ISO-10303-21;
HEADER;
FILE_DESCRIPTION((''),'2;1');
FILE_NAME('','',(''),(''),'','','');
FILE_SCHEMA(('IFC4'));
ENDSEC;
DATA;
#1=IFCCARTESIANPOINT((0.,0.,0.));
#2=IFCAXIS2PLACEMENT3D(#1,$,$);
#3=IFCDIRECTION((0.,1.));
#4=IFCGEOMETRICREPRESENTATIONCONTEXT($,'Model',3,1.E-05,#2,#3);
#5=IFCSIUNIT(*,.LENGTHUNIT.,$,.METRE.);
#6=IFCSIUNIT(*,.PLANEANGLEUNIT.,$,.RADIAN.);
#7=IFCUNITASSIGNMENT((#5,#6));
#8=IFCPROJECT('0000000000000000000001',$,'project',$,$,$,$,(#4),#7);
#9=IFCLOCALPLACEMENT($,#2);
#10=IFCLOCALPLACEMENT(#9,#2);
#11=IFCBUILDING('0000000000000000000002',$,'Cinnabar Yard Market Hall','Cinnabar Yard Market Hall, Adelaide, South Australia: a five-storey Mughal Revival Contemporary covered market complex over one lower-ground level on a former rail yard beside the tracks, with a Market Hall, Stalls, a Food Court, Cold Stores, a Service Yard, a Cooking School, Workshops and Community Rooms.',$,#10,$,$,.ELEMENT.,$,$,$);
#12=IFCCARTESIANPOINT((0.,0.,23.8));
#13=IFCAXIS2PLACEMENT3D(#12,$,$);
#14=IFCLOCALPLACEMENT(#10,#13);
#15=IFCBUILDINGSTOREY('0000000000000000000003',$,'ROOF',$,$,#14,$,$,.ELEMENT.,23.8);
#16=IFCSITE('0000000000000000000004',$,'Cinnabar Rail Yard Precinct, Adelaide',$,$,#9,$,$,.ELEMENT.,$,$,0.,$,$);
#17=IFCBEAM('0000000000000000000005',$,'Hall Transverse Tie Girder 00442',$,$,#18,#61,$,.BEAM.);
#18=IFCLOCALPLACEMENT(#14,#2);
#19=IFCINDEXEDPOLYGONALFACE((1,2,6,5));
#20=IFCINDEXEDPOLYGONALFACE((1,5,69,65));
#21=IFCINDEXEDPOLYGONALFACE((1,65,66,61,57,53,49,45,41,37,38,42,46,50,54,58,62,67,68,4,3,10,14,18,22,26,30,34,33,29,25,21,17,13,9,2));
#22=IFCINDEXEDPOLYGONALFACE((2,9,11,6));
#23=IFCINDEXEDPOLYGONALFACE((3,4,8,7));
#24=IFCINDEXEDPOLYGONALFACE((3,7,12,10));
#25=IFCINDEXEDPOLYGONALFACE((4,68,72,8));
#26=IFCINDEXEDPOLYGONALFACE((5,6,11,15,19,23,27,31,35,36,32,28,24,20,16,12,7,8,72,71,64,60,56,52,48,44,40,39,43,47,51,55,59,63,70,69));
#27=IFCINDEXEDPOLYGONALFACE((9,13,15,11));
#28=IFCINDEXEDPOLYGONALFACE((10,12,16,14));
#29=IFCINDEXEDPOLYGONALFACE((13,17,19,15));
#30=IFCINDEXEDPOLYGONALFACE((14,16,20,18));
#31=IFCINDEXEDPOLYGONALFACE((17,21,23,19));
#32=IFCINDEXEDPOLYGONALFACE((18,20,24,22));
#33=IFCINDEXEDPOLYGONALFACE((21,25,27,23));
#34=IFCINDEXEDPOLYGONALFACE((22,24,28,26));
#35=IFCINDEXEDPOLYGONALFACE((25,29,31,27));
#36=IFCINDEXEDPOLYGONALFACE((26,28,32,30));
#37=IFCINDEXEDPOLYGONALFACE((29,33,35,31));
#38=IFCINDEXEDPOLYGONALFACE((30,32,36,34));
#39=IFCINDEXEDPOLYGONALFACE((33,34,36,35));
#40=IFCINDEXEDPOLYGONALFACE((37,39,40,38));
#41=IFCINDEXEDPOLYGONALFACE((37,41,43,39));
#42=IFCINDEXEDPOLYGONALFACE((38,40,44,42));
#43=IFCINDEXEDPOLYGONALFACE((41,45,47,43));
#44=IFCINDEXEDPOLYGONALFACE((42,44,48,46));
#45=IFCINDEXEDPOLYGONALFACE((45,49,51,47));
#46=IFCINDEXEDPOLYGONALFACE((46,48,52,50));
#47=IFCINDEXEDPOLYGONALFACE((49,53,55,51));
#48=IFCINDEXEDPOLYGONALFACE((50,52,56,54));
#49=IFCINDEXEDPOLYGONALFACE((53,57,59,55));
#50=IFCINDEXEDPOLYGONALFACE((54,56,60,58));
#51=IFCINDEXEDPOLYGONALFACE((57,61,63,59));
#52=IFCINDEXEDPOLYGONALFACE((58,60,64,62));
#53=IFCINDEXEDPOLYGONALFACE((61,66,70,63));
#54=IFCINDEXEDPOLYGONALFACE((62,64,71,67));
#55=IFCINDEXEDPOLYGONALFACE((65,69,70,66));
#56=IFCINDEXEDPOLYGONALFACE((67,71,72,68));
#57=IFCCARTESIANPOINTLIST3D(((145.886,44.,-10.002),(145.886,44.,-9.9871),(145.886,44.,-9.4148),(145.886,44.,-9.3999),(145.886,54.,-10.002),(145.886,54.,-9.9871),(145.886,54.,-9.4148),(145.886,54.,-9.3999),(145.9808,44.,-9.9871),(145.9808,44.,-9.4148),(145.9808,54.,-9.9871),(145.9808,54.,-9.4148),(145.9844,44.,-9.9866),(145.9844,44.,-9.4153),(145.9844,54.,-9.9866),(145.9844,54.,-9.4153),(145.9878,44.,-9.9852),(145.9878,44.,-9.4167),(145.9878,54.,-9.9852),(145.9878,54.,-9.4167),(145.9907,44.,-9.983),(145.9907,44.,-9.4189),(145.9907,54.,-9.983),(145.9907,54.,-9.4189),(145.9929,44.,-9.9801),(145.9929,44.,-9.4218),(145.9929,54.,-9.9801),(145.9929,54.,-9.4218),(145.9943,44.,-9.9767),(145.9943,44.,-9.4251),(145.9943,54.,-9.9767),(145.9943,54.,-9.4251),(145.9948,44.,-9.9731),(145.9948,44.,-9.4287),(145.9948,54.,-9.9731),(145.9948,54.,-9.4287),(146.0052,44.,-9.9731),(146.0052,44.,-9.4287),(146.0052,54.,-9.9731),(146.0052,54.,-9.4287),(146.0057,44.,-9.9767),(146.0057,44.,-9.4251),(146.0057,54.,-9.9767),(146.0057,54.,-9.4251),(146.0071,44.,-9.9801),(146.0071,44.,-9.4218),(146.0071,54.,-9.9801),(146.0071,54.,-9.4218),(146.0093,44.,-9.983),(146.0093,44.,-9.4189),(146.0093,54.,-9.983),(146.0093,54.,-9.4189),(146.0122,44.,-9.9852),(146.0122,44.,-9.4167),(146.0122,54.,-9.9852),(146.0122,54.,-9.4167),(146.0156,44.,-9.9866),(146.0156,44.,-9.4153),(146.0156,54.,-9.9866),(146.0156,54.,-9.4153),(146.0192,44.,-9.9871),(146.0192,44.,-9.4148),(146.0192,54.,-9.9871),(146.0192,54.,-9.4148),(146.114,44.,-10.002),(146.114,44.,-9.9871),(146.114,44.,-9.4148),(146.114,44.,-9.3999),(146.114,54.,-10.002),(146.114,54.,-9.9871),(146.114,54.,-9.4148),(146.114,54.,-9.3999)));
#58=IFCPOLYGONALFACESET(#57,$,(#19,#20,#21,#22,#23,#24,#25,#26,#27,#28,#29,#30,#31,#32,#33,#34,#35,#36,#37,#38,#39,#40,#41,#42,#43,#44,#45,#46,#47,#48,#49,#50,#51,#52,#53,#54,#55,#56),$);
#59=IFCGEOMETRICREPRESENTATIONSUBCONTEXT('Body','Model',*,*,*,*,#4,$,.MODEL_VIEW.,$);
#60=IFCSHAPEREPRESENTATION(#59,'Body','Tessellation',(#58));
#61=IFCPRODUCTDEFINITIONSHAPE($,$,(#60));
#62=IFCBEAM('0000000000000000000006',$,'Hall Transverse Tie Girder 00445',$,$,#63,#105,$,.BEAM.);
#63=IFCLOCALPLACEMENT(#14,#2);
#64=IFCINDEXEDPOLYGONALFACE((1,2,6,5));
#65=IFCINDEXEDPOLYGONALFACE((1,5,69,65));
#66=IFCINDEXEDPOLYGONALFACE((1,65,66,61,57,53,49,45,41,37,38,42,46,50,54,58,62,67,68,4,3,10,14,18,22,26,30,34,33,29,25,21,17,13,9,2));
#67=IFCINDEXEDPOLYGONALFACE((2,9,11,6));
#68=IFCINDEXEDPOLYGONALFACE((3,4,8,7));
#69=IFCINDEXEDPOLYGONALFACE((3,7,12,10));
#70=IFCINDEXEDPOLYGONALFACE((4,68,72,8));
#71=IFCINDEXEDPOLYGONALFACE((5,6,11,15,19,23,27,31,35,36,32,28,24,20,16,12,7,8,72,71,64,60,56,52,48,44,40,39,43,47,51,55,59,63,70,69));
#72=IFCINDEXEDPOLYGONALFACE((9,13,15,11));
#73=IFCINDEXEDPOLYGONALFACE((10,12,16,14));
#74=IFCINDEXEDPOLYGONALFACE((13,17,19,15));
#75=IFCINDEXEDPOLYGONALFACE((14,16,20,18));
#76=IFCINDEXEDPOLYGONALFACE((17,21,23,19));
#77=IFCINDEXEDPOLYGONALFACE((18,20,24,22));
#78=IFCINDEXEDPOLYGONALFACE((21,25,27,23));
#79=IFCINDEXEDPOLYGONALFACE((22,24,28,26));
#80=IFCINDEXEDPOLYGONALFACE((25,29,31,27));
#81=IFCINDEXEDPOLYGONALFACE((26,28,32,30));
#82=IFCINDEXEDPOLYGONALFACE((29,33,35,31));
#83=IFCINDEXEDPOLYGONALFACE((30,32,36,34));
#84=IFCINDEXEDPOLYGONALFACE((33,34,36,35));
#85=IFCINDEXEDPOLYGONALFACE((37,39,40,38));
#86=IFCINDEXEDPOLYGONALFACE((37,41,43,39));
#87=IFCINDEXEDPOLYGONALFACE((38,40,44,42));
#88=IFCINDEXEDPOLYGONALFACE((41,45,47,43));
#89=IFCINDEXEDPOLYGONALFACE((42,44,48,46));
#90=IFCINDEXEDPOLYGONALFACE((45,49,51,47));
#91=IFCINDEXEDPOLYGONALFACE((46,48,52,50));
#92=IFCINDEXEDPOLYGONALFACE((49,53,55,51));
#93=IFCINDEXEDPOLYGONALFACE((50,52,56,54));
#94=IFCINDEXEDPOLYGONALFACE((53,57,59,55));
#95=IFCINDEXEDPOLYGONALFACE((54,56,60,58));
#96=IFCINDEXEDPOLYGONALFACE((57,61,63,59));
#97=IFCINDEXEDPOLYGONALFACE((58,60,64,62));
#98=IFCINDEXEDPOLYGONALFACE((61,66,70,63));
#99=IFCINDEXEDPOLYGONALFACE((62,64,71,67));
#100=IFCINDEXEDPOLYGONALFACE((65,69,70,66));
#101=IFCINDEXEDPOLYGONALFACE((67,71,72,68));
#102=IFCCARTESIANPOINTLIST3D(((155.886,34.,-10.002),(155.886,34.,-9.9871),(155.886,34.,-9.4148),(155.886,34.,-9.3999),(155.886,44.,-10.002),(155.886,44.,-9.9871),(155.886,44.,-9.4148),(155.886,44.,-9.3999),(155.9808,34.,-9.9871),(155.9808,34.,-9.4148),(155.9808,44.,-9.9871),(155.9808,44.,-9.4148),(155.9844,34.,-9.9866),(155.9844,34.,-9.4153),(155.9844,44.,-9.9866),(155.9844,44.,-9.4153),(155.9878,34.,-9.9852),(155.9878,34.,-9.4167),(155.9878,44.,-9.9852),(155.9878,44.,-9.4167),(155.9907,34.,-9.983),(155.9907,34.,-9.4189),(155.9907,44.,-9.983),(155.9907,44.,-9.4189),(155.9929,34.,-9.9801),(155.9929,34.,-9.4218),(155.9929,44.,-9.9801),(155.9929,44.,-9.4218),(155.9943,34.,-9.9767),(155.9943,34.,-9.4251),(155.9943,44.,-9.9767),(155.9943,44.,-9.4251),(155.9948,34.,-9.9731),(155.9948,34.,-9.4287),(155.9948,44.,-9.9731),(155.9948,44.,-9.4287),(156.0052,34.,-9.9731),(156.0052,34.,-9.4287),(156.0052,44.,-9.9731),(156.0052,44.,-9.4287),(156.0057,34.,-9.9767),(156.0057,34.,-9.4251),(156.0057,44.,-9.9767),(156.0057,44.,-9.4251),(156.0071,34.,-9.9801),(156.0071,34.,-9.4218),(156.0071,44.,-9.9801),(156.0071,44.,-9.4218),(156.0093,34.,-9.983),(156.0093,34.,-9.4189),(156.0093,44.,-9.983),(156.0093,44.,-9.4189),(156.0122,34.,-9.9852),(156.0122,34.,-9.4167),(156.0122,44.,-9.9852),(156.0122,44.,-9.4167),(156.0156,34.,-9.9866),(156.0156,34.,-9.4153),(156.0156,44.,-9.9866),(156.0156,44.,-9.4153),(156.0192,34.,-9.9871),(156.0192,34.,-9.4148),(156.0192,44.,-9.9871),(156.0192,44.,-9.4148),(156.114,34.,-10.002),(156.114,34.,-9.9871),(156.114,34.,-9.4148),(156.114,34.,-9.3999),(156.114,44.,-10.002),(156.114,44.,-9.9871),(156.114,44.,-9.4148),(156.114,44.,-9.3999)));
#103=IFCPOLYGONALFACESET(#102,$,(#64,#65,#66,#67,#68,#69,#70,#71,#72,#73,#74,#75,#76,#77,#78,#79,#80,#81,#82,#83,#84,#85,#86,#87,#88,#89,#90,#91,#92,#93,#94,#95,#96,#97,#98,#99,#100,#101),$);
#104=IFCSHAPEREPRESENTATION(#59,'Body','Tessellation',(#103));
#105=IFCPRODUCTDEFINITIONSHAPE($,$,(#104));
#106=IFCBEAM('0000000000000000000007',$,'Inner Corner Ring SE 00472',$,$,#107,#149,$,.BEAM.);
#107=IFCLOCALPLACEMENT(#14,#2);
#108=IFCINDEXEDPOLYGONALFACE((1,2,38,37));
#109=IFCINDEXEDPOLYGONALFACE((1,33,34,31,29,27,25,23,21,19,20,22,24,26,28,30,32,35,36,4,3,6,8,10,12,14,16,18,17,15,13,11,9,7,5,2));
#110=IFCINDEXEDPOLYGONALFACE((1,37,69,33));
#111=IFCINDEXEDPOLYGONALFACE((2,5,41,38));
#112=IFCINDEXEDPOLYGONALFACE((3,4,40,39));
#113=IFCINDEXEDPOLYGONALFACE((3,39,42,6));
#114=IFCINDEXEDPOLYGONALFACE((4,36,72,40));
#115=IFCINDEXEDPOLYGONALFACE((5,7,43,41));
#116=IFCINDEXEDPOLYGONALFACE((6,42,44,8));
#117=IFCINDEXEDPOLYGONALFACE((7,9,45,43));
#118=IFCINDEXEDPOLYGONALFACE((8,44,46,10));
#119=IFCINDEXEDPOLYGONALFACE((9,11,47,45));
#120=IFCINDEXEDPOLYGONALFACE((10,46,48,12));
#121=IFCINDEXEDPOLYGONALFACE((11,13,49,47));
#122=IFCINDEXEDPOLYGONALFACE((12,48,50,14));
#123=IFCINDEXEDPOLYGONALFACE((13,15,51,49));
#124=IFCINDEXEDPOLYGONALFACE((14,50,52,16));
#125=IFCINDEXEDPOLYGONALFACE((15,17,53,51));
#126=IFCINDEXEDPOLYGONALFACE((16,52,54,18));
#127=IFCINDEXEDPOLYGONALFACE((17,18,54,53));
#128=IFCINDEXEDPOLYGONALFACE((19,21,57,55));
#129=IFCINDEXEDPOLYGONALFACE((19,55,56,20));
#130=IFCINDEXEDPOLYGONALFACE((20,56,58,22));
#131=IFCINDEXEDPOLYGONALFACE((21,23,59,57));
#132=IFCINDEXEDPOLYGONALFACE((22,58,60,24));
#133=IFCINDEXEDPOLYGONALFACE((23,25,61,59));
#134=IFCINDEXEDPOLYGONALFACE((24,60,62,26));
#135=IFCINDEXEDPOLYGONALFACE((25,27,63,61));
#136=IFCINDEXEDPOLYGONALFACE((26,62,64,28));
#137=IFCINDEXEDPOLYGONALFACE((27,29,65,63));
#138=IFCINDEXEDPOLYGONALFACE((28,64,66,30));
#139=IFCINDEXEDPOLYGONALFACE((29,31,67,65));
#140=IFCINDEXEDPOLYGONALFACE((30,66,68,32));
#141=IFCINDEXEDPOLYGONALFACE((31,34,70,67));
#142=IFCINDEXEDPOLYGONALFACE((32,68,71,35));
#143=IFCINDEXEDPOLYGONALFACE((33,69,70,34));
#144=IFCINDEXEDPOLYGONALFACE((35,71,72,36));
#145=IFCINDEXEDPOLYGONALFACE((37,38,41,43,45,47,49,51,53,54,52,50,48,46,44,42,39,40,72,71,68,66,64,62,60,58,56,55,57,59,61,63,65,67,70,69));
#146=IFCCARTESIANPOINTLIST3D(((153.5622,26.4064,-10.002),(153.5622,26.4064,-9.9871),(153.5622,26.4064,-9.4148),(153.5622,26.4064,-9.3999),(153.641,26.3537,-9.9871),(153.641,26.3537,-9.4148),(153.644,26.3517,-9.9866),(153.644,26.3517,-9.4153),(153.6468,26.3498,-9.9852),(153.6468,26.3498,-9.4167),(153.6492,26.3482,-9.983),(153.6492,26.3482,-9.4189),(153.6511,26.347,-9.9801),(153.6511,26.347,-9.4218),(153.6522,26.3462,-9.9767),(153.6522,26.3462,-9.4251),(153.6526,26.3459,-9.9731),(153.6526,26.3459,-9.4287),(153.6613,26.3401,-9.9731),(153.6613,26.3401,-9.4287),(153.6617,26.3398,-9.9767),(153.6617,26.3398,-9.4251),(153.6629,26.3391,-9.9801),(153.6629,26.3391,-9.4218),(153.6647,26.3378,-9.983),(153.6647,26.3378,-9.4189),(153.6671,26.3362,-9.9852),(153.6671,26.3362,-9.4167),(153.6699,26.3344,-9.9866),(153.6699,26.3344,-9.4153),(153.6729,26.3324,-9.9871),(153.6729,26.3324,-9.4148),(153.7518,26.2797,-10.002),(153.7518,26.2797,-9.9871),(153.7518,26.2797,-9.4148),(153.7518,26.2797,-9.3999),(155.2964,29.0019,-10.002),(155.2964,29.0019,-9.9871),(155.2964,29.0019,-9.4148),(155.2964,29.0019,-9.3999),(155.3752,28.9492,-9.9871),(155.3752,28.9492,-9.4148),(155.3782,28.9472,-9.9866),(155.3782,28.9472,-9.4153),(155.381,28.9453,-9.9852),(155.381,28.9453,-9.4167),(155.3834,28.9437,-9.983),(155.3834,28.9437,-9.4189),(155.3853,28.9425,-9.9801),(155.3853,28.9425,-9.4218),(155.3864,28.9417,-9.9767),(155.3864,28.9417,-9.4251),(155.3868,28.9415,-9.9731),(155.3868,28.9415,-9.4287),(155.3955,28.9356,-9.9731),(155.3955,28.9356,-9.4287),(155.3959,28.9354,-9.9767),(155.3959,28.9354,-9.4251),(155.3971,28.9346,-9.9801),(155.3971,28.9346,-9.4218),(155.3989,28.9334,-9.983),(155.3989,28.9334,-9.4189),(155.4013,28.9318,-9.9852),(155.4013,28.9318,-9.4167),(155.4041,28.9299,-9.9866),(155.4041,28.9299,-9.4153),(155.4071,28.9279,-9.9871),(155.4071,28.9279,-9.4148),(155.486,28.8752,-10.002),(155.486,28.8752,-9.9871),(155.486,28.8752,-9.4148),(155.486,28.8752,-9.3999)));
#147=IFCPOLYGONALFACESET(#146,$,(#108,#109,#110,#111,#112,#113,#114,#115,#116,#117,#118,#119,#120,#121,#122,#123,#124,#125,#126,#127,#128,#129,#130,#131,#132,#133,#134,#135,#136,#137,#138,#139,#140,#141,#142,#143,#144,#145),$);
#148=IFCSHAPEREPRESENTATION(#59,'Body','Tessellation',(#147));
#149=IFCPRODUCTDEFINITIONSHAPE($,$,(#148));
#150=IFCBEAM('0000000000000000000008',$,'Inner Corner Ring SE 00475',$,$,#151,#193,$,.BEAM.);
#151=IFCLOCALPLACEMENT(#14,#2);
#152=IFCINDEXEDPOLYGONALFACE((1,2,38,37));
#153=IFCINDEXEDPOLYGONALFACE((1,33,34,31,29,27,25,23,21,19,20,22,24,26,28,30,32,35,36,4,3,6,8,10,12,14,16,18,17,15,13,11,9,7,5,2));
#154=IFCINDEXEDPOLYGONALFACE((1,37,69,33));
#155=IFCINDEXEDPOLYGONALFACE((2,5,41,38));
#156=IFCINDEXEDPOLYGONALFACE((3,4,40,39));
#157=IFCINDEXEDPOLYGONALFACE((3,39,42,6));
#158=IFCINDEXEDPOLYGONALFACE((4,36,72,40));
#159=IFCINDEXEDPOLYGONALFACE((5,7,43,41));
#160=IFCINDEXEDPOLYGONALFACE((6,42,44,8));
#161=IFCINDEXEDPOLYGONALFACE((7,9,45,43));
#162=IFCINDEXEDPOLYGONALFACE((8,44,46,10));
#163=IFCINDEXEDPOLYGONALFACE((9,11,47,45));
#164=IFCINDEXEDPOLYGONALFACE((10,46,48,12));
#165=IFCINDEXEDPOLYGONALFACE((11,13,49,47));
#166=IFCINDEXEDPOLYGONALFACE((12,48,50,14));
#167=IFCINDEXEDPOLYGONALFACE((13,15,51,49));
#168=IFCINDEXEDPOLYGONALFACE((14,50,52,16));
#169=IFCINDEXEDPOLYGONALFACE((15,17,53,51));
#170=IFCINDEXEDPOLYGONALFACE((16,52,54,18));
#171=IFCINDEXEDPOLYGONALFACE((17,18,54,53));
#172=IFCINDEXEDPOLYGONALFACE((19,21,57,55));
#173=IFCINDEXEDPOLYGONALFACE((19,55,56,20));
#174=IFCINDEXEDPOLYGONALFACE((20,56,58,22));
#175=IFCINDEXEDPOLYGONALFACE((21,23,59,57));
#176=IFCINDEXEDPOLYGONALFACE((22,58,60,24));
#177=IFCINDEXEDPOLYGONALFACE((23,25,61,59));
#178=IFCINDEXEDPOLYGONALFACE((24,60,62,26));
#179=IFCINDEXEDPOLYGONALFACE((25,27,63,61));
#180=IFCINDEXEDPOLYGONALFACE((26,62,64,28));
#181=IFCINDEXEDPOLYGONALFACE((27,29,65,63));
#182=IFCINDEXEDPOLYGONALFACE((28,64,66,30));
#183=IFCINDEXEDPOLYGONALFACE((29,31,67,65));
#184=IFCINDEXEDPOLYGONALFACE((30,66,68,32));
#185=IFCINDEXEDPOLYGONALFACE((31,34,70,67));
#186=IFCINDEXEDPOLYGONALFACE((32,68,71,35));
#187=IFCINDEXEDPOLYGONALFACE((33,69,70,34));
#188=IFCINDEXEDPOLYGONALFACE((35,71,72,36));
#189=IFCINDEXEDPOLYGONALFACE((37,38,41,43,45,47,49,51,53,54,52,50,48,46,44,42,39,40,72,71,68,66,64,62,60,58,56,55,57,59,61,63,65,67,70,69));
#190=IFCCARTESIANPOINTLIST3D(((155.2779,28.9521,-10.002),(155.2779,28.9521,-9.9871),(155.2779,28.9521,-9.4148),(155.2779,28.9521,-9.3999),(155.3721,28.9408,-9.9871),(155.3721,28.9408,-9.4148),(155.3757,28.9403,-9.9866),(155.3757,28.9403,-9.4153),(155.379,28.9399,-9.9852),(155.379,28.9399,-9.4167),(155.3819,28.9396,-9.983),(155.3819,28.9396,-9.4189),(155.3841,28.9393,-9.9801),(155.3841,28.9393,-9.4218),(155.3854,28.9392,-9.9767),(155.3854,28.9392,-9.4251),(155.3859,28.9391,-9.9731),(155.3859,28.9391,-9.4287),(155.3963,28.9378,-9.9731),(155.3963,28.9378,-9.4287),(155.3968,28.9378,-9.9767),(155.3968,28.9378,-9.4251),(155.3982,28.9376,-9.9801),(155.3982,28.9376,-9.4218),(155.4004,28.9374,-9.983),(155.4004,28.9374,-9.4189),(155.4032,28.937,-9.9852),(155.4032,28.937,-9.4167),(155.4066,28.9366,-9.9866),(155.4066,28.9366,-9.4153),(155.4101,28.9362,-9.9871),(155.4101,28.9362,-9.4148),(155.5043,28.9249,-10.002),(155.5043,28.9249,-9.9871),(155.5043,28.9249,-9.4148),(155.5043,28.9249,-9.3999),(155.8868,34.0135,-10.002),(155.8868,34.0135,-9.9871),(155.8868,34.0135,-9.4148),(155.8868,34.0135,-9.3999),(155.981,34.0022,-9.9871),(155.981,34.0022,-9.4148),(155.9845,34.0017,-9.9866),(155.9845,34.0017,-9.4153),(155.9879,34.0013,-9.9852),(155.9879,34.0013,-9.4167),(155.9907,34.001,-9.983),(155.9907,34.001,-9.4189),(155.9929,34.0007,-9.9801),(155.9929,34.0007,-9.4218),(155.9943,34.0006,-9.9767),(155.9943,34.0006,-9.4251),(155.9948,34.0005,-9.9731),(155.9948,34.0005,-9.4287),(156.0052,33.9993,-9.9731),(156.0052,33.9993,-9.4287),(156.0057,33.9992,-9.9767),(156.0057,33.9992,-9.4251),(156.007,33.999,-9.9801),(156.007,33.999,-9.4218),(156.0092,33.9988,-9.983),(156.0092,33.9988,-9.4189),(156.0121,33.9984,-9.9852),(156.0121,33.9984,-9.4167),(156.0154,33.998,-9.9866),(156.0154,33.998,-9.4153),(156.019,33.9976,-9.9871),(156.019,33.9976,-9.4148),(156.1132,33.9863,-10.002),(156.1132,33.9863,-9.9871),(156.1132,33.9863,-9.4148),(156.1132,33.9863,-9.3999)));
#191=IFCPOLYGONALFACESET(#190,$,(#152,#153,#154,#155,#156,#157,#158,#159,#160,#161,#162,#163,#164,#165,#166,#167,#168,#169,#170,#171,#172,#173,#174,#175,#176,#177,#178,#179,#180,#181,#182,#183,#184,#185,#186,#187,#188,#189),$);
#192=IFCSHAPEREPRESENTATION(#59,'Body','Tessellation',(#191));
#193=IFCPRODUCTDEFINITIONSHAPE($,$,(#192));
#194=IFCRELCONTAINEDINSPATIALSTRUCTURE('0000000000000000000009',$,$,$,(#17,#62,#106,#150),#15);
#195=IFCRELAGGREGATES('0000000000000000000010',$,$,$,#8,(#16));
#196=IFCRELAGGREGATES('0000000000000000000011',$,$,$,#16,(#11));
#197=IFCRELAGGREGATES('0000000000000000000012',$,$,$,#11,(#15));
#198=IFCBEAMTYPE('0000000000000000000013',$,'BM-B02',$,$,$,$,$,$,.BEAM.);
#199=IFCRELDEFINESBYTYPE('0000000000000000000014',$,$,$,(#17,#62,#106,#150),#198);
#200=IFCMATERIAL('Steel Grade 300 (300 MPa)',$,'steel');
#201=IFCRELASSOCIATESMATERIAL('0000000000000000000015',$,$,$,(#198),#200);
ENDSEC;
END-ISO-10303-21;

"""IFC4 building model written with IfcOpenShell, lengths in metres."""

from ifc_helpers import new_model, si_unit, direction, frame, origin, origin_2d_with_axis, place, context, subcontext, project, spatial, i_section, extrude, material, material_profile, profile_set, type_object, element, save


model = new_model("IFC4")

# Units and contexts
model_context = context("Model", 3, precision=1e-05, world=origin(), true_north=direction((0.0, 1.0)))
body_context = subcontext(model_context, "Body", "Model", "MODEL_VIEW")
ifc_project = project(units=[si_unit("LENGTHUNIT", "METRE"), si_unit("PLANEANGLEUNIT", "RADIAN")], contexts=[model_context])

# Site, building, storey
site_placement = place(None, origin())
site = spatial("IfcSite", under=ifc_project, at=site_placement, Name="Cinnabar Rail Yard Precinct, Adelaide", CompositionType="ELEMENT", RefElevation=0.0)
building_placement = place(site_placement, origin())
building = spatial("IfcBuilding", under=site, at=building_placement, Name="Cinnabar Yard Market Hall", Description="Cinnabar Yard Market Hall, Adelaide, South Australia: a five-storey Mughal Revival Contemporary covered market complex over one lower-ground level on a former rail yard beside the tracks, with a Market Hall, Stalls, a Food Court, Cold Stores, a Service Yard, a Cooking School, Workshops and Community Rooms.", CompositionType="ELEMENT")
storey_placement = place(building_placement, frame((0.0, 0.0, 23.8)))
storey = spatial("IfcBuildingStorey", under=building, at=storey_placement, Name="ROOF", CompositionType="ELEMENT", Elevation=23.8)

# Beams
ifc_material_1 = material(Name="Steel Grade 300 (300 MPa)", Category="steel")
ifc_material_profile_1 = material_profile(ifc_material_1, i_section(OverallWidth=0.228, OverallDepth=0.6021, WebThickness=0.0105, FlangeThickness=0.0149, FilletRadius=0.0139, at=origin_2d_with_axis()), Name="610UB101")
ifc_profile_set_1 = profile_set([ifc_material_profile_1], Name="Steel Grade 300 (300 MPa)")
beam_type_1 = type_object("IfcBeamType", Name="BM-B02", PredefinedType="BEAM", material=ifc_profile_set_1)
for number, where, z_axis, x_axis, name in (
    (1, (146.0, 44.0, -9.7009), (0.0, 1.0, 0.0), (-1.0, 0.0, 0.0), "Hall Transverse Tie Girder 00442"),
    (2, (156.0, 34.0, -9.7009), (0.0, 1.0, 0.0), (-1.0, 0.0, 0.0), "Hall Transverse Tie Girder 00445"),
):
    element("IfcBeam", number, at=place(storey_placement, frame(where, z_axis=z_axis, x_axis=x_axis)), inside=storey, type_object=beam_type_1, Name=name, PredefinedType="BEAM", context=body_context, shape_type="SweptSolid", body=[
        extrude(i_section(OverallWidth=0.228, OverallDepth=0.6021, WebThickness=0.0105, FlangeThickness=0.0149, FilletRadius=0.0139, at=origin_2d_with_axis()), origin(), (0.0, 0.0, 1.0), 10.0),
    ])
beam_1_placement = place(storey_placement, frame((153.657, 26.343, -9.7009), z_axis=(0.555548, 0.831484, 0.0), x_axis=(-0.831484, 0.555548, 0.0)))
element("IfcBeam", 3, at=beam_1_placement, inside=storey, type_object=beam_type_1, Name="Inner Corner Ring SE 00472", PredefinedType="BEAM", context=body_context, shape_type="SweptSolid", body=[
    extrude(i_section(OverallWidth=0.228, OverallDepth=0.6021, WebThickness=0.0105, FlangeThickness=0.0149, FilletRadius=0.0139, at=origin_2d_with_axis()), origin(), (0.0, 0.0, 1.0), 3.1216),
])
beam_2_placement = place(storey_placement, frame((155.3911, 28.9385, -9.7009), z_axis=(0.119436, 0.992842, 0.0), x_axis=(-0.992842, 0.119436, 0.0)))
element("IfcBeam", 4, at=beam_2_placement, inside=storey, type_object=beam_type_1, Name="Inner Corner Ring SE 00475", PredefinedType="BEAM", context=body_context, shape_type="SweptSolid", body=[
    extrude(i_section(OverallWidth=0.228, OverallDepth=0.6021, WebThickness=0.0105, FlangeThickness=0.0149, FilletRadius=0.0139, at=origin_2d_with_axis()), origin(), (0.0, 0.0, 1.0), 5.0979),
])

save(model, "model.ifc")
